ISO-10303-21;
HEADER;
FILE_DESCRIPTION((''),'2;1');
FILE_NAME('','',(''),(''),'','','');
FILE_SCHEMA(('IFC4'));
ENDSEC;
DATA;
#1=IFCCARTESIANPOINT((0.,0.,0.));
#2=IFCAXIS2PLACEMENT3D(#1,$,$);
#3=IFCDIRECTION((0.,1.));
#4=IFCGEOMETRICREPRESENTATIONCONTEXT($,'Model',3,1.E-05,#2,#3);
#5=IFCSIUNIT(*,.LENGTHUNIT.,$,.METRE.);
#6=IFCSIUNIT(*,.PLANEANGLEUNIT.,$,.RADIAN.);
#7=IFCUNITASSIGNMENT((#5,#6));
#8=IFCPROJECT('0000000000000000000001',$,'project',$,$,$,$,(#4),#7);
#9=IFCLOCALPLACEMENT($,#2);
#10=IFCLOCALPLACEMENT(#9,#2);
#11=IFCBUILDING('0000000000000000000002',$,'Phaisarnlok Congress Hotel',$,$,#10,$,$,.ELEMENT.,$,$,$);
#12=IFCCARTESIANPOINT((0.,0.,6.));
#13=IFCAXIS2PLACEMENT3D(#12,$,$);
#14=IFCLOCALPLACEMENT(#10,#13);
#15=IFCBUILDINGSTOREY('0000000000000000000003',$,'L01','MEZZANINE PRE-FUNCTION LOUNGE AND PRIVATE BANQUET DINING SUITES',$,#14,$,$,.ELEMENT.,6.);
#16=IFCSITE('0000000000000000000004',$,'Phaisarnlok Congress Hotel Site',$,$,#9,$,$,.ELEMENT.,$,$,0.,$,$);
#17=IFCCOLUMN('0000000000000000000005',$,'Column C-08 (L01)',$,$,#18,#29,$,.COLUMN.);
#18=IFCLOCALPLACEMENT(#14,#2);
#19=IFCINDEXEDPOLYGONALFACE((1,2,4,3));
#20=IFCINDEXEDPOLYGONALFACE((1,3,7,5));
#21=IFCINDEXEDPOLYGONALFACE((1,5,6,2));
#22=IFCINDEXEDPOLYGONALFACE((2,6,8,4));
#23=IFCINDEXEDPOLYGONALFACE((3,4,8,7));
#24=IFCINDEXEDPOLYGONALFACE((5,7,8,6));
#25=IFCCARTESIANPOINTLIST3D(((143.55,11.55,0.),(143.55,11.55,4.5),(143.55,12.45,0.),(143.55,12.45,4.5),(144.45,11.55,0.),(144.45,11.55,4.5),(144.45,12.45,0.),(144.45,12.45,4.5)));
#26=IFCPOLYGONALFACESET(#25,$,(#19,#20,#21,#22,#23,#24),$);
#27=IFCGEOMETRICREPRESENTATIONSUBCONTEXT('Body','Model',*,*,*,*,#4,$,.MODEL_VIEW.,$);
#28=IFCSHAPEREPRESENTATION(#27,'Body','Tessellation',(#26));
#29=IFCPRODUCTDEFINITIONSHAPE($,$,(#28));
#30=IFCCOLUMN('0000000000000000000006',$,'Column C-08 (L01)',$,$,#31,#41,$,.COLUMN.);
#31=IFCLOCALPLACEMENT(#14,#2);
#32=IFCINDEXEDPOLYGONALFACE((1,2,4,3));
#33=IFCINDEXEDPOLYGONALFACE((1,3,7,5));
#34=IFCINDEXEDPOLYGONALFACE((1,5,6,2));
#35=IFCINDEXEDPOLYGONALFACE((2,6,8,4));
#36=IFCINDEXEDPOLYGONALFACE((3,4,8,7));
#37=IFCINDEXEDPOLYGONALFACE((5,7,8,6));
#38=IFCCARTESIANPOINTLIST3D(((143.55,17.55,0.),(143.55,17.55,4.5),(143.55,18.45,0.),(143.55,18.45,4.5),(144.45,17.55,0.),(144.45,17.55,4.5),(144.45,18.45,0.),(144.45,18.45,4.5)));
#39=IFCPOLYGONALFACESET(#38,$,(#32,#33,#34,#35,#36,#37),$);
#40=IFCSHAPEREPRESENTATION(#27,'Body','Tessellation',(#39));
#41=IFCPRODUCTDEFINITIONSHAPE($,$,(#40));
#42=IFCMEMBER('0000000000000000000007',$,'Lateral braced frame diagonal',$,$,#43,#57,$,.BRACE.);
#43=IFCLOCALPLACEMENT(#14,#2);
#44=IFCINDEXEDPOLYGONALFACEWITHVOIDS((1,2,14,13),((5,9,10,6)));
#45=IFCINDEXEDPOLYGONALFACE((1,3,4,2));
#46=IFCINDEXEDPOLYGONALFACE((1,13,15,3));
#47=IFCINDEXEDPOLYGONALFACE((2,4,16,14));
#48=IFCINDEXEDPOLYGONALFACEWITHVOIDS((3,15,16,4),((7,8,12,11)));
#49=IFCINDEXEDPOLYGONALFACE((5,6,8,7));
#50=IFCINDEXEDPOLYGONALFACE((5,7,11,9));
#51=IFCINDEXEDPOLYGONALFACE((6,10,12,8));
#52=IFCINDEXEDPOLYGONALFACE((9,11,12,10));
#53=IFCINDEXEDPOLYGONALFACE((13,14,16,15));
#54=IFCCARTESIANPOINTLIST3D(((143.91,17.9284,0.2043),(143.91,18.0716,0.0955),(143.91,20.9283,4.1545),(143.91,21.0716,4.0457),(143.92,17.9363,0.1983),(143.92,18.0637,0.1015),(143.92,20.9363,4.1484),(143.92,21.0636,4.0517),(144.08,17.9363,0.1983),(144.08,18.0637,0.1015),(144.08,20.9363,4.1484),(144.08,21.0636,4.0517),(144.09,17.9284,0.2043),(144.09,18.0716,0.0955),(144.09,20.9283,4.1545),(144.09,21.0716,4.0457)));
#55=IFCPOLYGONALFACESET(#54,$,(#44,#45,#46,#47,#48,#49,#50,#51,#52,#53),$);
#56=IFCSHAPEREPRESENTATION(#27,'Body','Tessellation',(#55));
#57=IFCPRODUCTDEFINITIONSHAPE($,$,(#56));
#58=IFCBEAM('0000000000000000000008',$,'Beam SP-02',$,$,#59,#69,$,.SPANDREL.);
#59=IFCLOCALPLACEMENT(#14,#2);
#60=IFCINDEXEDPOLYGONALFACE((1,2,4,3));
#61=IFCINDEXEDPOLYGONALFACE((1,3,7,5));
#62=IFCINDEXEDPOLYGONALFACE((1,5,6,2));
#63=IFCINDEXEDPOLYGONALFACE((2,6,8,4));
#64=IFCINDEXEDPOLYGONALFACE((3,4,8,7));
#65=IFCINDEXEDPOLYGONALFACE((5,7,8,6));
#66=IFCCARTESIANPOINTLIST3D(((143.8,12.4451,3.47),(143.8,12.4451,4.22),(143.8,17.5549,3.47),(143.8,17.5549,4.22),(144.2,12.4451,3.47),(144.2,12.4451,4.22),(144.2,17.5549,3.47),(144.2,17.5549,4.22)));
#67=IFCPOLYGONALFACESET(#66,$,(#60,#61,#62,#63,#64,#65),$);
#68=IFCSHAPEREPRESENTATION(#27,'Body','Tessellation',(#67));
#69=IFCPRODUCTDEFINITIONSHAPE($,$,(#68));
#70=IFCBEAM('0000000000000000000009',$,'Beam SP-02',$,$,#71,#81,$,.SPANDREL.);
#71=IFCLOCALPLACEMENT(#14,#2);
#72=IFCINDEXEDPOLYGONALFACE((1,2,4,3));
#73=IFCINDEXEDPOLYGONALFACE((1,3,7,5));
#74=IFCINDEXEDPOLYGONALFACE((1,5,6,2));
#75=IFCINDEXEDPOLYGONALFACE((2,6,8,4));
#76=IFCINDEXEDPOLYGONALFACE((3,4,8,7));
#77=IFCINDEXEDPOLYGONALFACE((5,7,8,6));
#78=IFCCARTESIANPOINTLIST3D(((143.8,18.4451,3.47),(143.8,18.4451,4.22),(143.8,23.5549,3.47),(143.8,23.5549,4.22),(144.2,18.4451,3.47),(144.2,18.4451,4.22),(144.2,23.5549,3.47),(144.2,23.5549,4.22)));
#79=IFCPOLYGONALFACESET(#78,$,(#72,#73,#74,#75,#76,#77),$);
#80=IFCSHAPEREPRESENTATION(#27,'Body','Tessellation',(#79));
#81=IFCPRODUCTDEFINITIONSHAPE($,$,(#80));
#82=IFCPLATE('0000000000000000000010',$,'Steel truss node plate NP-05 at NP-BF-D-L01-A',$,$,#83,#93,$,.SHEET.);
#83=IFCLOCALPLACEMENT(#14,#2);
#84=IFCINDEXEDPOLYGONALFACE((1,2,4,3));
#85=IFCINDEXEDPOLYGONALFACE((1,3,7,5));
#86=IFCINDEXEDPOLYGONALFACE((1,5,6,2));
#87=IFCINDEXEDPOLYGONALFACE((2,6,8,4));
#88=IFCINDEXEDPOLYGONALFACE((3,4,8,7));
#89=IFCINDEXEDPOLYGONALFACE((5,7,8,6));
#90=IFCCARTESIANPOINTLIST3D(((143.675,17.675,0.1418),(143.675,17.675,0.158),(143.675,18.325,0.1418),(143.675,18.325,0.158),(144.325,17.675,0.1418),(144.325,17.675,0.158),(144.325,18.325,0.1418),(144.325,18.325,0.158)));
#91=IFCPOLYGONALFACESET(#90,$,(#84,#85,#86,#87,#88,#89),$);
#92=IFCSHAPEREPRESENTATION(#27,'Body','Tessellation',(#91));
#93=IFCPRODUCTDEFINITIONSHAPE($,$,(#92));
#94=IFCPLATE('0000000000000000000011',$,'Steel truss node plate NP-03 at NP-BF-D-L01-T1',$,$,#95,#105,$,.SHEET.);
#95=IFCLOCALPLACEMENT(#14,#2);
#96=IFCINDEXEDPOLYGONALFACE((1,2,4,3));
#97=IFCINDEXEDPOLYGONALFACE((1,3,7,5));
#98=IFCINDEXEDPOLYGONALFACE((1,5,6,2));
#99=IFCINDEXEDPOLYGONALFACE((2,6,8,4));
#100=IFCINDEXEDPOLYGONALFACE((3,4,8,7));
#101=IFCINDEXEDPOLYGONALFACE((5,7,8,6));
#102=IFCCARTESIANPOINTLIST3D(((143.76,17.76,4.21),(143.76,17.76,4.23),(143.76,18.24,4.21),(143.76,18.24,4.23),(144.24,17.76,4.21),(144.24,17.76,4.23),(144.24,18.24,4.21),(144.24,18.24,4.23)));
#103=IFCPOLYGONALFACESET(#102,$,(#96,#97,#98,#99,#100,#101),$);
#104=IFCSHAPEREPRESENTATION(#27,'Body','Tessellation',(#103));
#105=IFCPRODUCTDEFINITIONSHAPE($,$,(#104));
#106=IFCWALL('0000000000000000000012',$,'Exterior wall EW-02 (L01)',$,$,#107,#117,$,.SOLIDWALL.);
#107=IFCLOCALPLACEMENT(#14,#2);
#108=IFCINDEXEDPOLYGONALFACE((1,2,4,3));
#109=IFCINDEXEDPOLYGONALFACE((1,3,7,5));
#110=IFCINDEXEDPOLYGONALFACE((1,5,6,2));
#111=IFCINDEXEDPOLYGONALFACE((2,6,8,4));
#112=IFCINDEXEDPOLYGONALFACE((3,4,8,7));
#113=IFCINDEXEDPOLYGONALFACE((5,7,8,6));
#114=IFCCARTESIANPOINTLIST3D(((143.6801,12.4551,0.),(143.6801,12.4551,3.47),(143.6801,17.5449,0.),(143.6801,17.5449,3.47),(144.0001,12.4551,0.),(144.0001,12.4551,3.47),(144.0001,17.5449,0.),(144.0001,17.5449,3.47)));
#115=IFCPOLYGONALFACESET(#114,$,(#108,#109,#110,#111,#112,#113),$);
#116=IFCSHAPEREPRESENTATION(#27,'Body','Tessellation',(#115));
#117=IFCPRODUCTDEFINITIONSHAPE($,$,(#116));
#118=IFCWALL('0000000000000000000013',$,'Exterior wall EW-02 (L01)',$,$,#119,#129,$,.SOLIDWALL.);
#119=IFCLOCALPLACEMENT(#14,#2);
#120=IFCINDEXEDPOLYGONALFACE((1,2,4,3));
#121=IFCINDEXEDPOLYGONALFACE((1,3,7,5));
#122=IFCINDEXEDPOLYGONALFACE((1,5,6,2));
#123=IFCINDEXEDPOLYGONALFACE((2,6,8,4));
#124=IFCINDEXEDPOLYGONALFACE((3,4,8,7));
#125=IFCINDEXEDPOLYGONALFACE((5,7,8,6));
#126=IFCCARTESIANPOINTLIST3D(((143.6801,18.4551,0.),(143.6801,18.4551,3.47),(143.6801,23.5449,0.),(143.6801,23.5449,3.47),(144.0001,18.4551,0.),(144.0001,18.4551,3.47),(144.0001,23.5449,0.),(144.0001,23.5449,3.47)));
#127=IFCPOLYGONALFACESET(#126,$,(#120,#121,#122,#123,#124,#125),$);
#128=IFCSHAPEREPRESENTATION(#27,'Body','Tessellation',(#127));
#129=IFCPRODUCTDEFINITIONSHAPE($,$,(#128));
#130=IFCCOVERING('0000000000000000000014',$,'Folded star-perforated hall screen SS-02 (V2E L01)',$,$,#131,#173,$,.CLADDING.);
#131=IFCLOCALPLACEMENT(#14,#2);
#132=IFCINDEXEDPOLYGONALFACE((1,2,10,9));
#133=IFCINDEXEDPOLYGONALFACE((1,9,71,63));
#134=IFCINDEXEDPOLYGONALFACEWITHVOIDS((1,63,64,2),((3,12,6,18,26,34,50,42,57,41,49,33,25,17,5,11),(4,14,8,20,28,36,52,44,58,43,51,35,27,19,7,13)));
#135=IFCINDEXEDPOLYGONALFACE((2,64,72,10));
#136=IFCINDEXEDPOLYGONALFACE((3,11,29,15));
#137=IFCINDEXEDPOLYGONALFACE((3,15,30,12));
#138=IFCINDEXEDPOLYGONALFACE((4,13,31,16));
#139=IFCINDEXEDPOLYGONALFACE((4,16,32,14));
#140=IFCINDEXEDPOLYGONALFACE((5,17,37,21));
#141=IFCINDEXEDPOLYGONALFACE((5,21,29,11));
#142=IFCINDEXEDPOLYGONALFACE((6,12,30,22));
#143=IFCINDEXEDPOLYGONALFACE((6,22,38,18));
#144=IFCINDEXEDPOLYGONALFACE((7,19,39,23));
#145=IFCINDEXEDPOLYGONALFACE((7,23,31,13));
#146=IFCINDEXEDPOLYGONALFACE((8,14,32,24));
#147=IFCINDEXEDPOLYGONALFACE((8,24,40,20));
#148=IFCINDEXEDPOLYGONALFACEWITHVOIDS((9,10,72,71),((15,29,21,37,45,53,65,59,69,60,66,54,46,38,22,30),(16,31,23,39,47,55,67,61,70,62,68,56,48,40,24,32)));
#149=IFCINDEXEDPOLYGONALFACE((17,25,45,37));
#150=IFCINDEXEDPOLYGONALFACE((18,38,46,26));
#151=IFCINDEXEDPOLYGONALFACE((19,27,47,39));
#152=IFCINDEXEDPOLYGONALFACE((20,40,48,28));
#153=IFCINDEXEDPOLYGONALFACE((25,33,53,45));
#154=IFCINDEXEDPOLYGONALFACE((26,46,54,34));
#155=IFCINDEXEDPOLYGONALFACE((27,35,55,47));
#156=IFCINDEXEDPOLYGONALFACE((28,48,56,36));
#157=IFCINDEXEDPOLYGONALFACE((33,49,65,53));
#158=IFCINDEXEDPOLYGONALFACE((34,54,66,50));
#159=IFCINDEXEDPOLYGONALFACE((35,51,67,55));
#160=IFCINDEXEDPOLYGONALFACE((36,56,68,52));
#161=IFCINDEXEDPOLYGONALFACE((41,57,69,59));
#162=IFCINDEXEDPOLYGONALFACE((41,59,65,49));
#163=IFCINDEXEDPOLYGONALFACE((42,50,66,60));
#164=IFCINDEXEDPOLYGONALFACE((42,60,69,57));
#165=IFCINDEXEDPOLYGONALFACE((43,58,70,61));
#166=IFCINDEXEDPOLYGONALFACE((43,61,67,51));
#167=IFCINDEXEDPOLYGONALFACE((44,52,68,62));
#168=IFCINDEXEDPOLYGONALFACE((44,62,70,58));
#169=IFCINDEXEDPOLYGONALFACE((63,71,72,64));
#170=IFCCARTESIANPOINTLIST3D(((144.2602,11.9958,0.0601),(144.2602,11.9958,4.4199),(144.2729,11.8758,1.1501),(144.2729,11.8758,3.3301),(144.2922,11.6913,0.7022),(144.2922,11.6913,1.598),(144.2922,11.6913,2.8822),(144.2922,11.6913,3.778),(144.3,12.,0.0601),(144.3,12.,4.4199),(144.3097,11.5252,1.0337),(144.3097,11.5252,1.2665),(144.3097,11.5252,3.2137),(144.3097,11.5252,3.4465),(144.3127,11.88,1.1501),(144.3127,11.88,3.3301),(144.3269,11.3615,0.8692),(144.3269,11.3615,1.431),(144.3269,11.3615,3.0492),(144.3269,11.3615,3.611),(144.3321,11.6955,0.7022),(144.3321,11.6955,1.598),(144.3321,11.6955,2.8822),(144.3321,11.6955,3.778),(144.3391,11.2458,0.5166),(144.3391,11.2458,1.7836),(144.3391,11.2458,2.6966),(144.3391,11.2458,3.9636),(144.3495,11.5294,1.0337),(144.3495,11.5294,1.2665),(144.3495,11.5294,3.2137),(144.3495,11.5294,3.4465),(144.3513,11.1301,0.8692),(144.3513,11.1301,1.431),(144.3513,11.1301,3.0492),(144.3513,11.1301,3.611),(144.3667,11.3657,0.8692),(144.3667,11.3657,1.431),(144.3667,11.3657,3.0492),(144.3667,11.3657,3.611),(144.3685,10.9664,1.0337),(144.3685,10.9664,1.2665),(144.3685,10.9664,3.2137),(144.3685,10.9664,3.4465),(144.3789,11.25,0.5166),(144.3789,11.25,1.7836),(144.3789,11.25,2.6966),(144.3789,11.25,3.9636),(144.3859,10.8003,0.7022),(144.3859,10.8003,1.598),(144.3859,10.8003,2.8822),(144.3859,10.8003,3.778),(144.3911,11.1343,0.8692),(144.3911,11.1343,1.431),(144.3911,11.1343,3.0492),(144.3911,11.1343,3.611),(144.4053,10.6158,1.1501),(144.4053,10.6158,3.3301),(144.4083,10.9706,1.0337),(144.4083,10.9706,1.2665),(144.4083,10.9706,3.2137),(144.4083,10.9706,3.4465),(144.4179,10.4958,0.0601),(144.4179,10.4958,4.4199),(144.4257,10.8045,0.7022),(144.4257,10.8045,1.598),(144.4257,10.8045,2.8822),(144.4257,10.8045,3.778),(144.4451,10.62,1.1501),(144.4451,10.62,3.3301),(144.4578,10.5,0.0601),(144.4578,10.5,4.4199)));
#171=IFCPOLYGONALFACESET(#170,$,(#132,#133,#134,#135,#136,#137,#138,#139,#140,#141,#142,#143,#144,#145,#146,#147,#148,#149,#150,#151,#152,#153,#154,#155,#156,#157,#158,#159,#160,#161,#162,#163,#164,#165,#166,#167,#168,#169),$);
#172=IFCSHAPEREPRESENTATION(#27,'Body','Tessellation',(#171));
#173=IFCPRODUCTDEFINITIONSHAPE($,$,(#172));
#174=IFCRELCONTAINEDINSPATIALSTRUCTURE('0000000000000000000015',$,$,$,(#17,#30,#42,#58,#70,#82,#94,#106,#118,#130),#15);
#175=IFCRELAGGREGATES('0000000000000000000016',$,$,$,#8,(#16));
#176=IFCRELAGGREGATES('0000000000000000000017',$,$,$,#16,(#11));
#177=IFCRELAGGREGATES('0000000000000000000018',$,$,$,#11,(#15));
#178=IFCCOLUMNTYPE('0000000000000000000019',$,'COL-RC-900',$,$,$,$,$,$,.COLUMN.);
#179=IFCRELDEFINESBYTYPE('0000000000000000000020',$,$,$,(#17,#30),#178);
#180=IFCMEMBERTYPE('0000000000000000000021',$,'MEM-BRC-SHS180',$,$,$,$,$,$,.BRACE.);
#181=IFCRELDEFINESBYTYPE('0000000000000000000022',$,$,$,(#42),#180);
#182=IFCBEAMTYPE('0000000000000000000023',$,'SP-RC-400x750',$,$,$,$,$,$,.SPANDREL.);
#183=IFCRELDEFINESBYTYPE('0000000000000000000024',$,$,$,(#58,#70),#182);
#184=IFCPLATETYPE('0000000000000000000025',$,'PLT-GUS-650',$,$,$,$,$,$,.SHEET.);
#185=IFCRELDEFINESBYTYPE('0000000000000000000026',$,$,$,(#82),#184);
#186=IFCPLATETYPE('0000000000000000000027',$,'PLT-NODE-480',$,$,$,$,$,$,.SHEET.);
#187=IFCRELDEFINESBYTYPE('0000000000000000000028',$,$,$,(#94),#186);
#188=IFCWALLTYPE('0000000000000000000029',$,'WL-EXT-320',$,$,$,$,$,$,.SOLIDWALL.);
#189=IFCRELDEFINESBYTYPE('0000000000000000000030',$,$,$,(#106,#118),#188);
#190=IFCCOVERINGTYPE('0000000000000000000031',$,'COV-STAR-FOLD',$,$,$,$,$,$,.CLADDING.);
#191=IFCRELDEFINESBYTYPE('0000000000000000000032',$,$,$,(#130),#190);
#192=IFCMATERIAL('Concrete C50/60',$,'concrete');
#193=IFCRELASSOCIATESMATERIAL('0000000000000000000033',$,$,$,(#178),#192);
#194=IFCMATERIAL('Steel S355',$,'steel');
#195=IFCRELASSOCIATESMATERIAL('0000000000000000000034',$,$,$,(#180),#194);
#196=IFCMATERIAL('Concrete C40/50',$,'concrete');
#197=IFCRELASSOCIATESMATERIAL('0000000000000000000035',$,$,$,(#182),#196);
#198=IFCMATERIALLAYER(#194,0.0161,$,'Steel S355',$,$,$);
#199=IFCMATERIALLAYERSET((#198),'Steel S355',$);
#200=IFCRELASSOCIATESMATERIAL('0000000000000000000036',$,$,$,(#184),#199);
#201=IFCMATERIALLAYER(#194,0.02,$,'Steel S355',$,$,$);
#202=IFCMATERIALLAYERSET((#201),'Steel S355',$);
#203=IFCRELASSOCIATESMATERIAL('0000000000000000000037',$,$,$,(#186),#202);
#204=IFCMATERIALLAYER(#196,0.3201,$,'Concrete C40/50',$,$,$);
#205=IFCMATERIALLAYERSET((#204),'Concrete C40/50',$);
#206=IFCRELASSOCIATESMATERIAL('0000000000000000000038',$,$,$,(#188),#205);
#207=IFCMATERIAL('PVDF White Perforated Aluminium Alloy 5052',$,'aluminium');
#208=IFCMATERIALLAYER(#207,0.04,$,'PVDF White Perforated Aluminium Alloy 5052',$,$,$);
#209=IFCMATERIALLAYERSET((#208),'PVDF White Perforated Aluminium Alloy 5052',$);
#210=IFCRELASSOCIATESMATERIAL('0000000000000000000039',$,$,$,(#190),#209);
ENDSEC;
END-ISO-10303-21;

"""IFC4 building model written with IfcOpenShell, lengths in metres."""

from ifc_helpers import new_model, si_unit, direction, frame, frame_2d, origin, origin_2d, place, context, subcontext, project, spatial, polyline, rectangle, hollow_rectangle, outline, extrude, material, layer, layer_set, material_profile, profile_set, type_object, element, save


model = new_model("IFC4")

# Units and contexts
model_context = context("Model", 3, precision=1e-05, world=origin(), true_north=direction((0.0, 1.0)))
body_context = subcontext(model_context, "Body", "Model", "MODEL_VIEW")
ifc_project = project(units=[si_unit("LENGTHUNIT", "METRE"), si_unit("PLANEANGLEUNIT", "RADIAN")], contexts=[model_context])

# Site, building, storey
site_placement = place(None, origin())
site = spatial("IfcSite", under=ifc_project, at=site_placement, Name="Phaisarnlok Congress Hotel Site", CompositionType="ELEMENT", RefElevation=0.0)
building_placement = place(site_placement, origin())
building = spatial("IfcBuilding", under=site, at=building_placement, Name="Phaisarnlok Congress Hotel", CompositionType="ELEMENT")
storey_placement = place(building_placement, frame((0.0, 0.0, 6.0)))
storey = spatial("IfcBuildingStorey", under=building, at=storey_placement, Name="L01", Description="MEZZANINE PRE-FUNCTION LOUNGE AND PRIVATE BANQUET DINING SUITES", CompositionType="ELEMENT", Elevation=6.0)

# Columns
ifc_material_1 = material(Name="Concrete C50/60", Category="concrete")
ifc_material_profile_1 = material_profile(ifc_material_1, rectangle(XDim=0.8999, YDim=0.8999, at=origin_2d()), Name="RC 900x900")
ifc_profile_set_1 = profile_set([ifc_material_profile_1], Name="Concrete C50/60")
column_type = type_object("IfcColumnType", Name="COL-RC-900", PredefinedType="COLUMN", material=ifc_profile_set_1)
for number, where, z_axis, x_axis, name in (
    (1, (144.0, 12.0, 0.0), (0.0, 0.0, 1.0), (1.0, 0.0, 0.0), "Column C-08 (L01)"),
    (2, (144.0, 18.0, 0.0), (0.0, 0.0, 1.0), (1.0, 0.0, 0.0), "Column C-08 (L01)"),
):
    element("IfcColumn", number, at=place(storey_placement, frame(where, z_axis=z_axis, x_axis=x_axis)), inside=storey, type_object=column_type, Name=name, PredefinedType="COLUMN", context=body_context, shape_type="SweptSolid", body=[
        extrude(rectangle(XDim=0.8999, YDim=0.8999, at=origin_2d()), origin(), (0.0, 0.0, 1.0), 4.5),
    ])

# Member
ifc_material_2 = material(Name="Steel S355", Category="steel")
ifc_material_profile_2 = material_profile(ifc_material_2, hollow_rectangle(XDim=0.1799, YDim=0.1799, WallThickness=0.01, at=origin_2d()), Name="SHS 180x180x10")
ifc_profile_set_2 = profile_set([ifc_material_profile_2], Name="Steel S355")
member_type = type_object("IfcMemberType", Name="MEM-BRC-SHS180", PredefinedType="BRACE", material=ifc_profile_set_2)
member_placement = place(storey_placement, frame((144.0, 18.0, 0.1499), z_axis=(0.0, 0.604809, 0.796371), x_axis=(-1.0, 0.0, 0.0)))
element("IfcMember", 3, at=member_placement, inside=storey, type_object=member_type, Name="Lateral braced frame diagonal", PredefinedType="BRACE", context=body_context, shape_type="SweptSolid", body=[
    extrude(hollow_rectangle(XDim=0.1799, YDim=0.1799, WallThickness=0.01, at=origin_2d()), origin(), (0.0, 0.0, 1.0), 4.9602),
])

# Beams
ifc_material_3 = material(Name="Concrete C40/50", Category="concrete")
ifc_material_profile_3 = material_profile(ifc_material_3, rectangle(XDim=0.3999, YDim=0.75, at=origin_2d()), Name="RC 400x750")
ifc_profile_set_3 = profile_set([ifc_material_profile_3], Name="Concrete C40/50")
beam_type = type_object("IfcBeamType", Name="SP-RC-400x750", PredefinedType="SPANDREL", material=ifc_profile_set_3)
for number, where, z_axis, x_axis, name in (
    (4, (144.0, 12.4451, 3.845), (0.0, 1.0, 0.0), (-1.0, 0.0, 0.0), "Beam SP-02"),
    (5, (144.0, 18.4451, 3.845), (0.0, 1.0, 0.0), (-1.0, 0.0, 0.0), "Beam SP-02"),
):
    element("IfcBeam", number, at=place(storey_placement, frame(where, z_axis=z_axis, x_axis=x_axis)), inside=storey, type_object=beam_type, Name=name, PredefinedType="SPANDREL", context=body_context, shape_type="SweptSolid", body=[
        extrude(rectangle(XDim=0.3999, YDim=0.75, at=origin_2d()), origin(), (0.0, 0.0, 1.0), 5.1099),
    ])

# Plates
ifc_layer_1 = layer(ifc_material_2, 0.0161, Name="Steel S355")
ifc_layer_set_1 = layer_set([ifc_layer_1], Name="Steel S355")
plate_type_1 = type_object("IfcPlateType", Name="PLT-GUS-650", PredefinedType="SHEET", material=ifc_layer_set_1)
plate_1_placement = place(storey_placement, frame((144.0, 18.0, 0.1418), z_axis=(0.0, 0.0, 1.0), x_axis=(1.0, 0.0, 0.0)))
element("IfcPlate", 6, at=plate_1_placement, inside=storey, type_object=plate_type_1, Name="Steel truss node plate NP-05 at NP-BF-D-L01-A", PredefinedType="SHEET", context=body_context, shape_type="SweptSolid", body=[
    extrude(rectangle(XDim=0.6499, YDim=0.6499, at=origin_2d()), origin(), (0.0, 0.0, 1.0), 0.0161),
])
ifc_layer_2 = layer(ifc_material_2, 0.02, Name="Steel S355")
ifc_layer_set_2 = layer_set([ifc_layer_2], Name="Steel S355")
plate_type_2 = type_object("IfcPlateType", Name="PLT-NODE-480", PredefinedType="SHEET", material=ifc_layer_set_2)
plate_2_placement = place(storey_placement, frame((144.0, 18.0, 4.21), z_axis=(0.0, 0.0, 1.0), x_axis=(1.0, 0.0, 0.0)))
element("IfcPlate", 7, at=plate_2_placement, inside=storey, type_object=plate_type_2, Name="Steel truss node plate NP-03 at NP-BF-D-L01-T1", PredefinedType="SHEET", context=body_context, shape_type="SweptSolid", body=[
    extrude(rectangle(XDim=0.48, YDim=0.48, at=origin_2d()), origin(), (0.0, 0.0, 1.0), 0.02),
])

# Walls
ifc_layer_3 = layer(ifc_material_3, 0.3201, Name="Concrete C40/50")
ifc_layer_set_3 = layer_set([ifc_layer_3], Name="Concrete C40/50")
wall_type = type_object("IfcWallType", Name="WL-EXT-320", PredefinedType="SOLIDWALL", material=ifc_layer_set_3)
for number, where, z_axis, x_axis, name in (
    (8, (143.8401, 12.4551, 0.0), (0.0, 0.0, 1.0), (0.0, 1.0, 0.0), "Exterior wall EW-02 (L01)"),
    (9, (143.8401, 18.4551, 0.0), (0.0, 0.0, 1.0), (0.0, 1.0, 0.0), "Exterior wall EW-02 (L01)"),
):
    element("IfcWall", number, at=place(storey_placement, frame(where, z_axis=z_axis, x_axis=x_axis)), inside=storey, type_object=wall_type, Name=name, PredefinedType="SOLIDWALL", context=body_context, shape_type="SweptSolid", body=[
        extrude(rectangle(XDim=5.0898, YDim=0.3201, at=frame_2d((2.5449, 0.0))), origin(), (0.0, 0.0, 1.0), 3.47),
    ])

# Covering
ifc_material_4 = material(Name="PVDF White Perforated Aluminium Alloy 5052", Category="aluminium")
ifc_layer_4 = layer(ifc_material_4, 0.04, Name="PVDF White Perforated Aluminium Alloy 5052")
ifc_layer_set_4 = layer_set([ifc_layer_4], Name="PVDF White Perforated Aluminium Alloy 5052")
covering_type = type_object("IfcCoveringType", Name="COV-STAR-FOLD", PredefinedType="CLADDING", material=ifc_layer_set_4)
for number, where, z_axis, x_axis, name in (
    (10, (144.3, 12.0, 0.0601), (-0.994518, -0.104567, 0.0), (0.104567, -0.994518, 0.0), "Folded star-perforated hall screen SS-02 (V2E L01)"),
):
    element("IfcCovering", number, at=place(storey_placement, frame(where, z_axis=z_axis, x_axis=x_axis)), inside=storey, type_object=covering_type, Name=name, PredefinedType="CLADDING", context=body_context, shape_type="SweptSolid", body=[
        extrude(outline(polyline([(0.0, 0.0), (1.5083, 0.0), (1.5083, 4.3599), (0.0, 4.3599), (0.0, 0.0)]), holes=[polyline([(1.0351, 0.9736), (1.2021, 0.6421), (0.8705, 0.8091), (0.7541, 0.4565), (0.6378, 0.8091), (0.3062, 0.6421), (0.4732, 0.9736), (0.1207, 1.09), (0.4732, 1.2064), (0.3062, 1.5379), (0.6378, 1.3709), (0.7541, 1.7235), (0.8705, 1.3709), (1.2021, 1.5379), (1.0351, 1.2064), (1.3876, 1.09), (1.0351, 0.9736)]), polyline([(1.0351, 3.1536), (1.2021, 2.8221), (0.8705, 2.9891), (0.7541, 2.6365), (0.6378, 2.9891), (0.3062, 2.8221), (0.4732, 3.1536), (0.1207, 3.27), (0.4732, 3.3864), (0.3062, 3.7179), (0.6378, 3.5509), (0.7541, 3.9035), (0.8705, 3.5509), (1.2021, 3.7179), (1.0351, 3.3864), (1.3876, 3.27), (1.0351, 3.1536)])]), origin(), (0.0, 0.0, 1.0), 0.04),
    ])

save(model, "model.ifc")
